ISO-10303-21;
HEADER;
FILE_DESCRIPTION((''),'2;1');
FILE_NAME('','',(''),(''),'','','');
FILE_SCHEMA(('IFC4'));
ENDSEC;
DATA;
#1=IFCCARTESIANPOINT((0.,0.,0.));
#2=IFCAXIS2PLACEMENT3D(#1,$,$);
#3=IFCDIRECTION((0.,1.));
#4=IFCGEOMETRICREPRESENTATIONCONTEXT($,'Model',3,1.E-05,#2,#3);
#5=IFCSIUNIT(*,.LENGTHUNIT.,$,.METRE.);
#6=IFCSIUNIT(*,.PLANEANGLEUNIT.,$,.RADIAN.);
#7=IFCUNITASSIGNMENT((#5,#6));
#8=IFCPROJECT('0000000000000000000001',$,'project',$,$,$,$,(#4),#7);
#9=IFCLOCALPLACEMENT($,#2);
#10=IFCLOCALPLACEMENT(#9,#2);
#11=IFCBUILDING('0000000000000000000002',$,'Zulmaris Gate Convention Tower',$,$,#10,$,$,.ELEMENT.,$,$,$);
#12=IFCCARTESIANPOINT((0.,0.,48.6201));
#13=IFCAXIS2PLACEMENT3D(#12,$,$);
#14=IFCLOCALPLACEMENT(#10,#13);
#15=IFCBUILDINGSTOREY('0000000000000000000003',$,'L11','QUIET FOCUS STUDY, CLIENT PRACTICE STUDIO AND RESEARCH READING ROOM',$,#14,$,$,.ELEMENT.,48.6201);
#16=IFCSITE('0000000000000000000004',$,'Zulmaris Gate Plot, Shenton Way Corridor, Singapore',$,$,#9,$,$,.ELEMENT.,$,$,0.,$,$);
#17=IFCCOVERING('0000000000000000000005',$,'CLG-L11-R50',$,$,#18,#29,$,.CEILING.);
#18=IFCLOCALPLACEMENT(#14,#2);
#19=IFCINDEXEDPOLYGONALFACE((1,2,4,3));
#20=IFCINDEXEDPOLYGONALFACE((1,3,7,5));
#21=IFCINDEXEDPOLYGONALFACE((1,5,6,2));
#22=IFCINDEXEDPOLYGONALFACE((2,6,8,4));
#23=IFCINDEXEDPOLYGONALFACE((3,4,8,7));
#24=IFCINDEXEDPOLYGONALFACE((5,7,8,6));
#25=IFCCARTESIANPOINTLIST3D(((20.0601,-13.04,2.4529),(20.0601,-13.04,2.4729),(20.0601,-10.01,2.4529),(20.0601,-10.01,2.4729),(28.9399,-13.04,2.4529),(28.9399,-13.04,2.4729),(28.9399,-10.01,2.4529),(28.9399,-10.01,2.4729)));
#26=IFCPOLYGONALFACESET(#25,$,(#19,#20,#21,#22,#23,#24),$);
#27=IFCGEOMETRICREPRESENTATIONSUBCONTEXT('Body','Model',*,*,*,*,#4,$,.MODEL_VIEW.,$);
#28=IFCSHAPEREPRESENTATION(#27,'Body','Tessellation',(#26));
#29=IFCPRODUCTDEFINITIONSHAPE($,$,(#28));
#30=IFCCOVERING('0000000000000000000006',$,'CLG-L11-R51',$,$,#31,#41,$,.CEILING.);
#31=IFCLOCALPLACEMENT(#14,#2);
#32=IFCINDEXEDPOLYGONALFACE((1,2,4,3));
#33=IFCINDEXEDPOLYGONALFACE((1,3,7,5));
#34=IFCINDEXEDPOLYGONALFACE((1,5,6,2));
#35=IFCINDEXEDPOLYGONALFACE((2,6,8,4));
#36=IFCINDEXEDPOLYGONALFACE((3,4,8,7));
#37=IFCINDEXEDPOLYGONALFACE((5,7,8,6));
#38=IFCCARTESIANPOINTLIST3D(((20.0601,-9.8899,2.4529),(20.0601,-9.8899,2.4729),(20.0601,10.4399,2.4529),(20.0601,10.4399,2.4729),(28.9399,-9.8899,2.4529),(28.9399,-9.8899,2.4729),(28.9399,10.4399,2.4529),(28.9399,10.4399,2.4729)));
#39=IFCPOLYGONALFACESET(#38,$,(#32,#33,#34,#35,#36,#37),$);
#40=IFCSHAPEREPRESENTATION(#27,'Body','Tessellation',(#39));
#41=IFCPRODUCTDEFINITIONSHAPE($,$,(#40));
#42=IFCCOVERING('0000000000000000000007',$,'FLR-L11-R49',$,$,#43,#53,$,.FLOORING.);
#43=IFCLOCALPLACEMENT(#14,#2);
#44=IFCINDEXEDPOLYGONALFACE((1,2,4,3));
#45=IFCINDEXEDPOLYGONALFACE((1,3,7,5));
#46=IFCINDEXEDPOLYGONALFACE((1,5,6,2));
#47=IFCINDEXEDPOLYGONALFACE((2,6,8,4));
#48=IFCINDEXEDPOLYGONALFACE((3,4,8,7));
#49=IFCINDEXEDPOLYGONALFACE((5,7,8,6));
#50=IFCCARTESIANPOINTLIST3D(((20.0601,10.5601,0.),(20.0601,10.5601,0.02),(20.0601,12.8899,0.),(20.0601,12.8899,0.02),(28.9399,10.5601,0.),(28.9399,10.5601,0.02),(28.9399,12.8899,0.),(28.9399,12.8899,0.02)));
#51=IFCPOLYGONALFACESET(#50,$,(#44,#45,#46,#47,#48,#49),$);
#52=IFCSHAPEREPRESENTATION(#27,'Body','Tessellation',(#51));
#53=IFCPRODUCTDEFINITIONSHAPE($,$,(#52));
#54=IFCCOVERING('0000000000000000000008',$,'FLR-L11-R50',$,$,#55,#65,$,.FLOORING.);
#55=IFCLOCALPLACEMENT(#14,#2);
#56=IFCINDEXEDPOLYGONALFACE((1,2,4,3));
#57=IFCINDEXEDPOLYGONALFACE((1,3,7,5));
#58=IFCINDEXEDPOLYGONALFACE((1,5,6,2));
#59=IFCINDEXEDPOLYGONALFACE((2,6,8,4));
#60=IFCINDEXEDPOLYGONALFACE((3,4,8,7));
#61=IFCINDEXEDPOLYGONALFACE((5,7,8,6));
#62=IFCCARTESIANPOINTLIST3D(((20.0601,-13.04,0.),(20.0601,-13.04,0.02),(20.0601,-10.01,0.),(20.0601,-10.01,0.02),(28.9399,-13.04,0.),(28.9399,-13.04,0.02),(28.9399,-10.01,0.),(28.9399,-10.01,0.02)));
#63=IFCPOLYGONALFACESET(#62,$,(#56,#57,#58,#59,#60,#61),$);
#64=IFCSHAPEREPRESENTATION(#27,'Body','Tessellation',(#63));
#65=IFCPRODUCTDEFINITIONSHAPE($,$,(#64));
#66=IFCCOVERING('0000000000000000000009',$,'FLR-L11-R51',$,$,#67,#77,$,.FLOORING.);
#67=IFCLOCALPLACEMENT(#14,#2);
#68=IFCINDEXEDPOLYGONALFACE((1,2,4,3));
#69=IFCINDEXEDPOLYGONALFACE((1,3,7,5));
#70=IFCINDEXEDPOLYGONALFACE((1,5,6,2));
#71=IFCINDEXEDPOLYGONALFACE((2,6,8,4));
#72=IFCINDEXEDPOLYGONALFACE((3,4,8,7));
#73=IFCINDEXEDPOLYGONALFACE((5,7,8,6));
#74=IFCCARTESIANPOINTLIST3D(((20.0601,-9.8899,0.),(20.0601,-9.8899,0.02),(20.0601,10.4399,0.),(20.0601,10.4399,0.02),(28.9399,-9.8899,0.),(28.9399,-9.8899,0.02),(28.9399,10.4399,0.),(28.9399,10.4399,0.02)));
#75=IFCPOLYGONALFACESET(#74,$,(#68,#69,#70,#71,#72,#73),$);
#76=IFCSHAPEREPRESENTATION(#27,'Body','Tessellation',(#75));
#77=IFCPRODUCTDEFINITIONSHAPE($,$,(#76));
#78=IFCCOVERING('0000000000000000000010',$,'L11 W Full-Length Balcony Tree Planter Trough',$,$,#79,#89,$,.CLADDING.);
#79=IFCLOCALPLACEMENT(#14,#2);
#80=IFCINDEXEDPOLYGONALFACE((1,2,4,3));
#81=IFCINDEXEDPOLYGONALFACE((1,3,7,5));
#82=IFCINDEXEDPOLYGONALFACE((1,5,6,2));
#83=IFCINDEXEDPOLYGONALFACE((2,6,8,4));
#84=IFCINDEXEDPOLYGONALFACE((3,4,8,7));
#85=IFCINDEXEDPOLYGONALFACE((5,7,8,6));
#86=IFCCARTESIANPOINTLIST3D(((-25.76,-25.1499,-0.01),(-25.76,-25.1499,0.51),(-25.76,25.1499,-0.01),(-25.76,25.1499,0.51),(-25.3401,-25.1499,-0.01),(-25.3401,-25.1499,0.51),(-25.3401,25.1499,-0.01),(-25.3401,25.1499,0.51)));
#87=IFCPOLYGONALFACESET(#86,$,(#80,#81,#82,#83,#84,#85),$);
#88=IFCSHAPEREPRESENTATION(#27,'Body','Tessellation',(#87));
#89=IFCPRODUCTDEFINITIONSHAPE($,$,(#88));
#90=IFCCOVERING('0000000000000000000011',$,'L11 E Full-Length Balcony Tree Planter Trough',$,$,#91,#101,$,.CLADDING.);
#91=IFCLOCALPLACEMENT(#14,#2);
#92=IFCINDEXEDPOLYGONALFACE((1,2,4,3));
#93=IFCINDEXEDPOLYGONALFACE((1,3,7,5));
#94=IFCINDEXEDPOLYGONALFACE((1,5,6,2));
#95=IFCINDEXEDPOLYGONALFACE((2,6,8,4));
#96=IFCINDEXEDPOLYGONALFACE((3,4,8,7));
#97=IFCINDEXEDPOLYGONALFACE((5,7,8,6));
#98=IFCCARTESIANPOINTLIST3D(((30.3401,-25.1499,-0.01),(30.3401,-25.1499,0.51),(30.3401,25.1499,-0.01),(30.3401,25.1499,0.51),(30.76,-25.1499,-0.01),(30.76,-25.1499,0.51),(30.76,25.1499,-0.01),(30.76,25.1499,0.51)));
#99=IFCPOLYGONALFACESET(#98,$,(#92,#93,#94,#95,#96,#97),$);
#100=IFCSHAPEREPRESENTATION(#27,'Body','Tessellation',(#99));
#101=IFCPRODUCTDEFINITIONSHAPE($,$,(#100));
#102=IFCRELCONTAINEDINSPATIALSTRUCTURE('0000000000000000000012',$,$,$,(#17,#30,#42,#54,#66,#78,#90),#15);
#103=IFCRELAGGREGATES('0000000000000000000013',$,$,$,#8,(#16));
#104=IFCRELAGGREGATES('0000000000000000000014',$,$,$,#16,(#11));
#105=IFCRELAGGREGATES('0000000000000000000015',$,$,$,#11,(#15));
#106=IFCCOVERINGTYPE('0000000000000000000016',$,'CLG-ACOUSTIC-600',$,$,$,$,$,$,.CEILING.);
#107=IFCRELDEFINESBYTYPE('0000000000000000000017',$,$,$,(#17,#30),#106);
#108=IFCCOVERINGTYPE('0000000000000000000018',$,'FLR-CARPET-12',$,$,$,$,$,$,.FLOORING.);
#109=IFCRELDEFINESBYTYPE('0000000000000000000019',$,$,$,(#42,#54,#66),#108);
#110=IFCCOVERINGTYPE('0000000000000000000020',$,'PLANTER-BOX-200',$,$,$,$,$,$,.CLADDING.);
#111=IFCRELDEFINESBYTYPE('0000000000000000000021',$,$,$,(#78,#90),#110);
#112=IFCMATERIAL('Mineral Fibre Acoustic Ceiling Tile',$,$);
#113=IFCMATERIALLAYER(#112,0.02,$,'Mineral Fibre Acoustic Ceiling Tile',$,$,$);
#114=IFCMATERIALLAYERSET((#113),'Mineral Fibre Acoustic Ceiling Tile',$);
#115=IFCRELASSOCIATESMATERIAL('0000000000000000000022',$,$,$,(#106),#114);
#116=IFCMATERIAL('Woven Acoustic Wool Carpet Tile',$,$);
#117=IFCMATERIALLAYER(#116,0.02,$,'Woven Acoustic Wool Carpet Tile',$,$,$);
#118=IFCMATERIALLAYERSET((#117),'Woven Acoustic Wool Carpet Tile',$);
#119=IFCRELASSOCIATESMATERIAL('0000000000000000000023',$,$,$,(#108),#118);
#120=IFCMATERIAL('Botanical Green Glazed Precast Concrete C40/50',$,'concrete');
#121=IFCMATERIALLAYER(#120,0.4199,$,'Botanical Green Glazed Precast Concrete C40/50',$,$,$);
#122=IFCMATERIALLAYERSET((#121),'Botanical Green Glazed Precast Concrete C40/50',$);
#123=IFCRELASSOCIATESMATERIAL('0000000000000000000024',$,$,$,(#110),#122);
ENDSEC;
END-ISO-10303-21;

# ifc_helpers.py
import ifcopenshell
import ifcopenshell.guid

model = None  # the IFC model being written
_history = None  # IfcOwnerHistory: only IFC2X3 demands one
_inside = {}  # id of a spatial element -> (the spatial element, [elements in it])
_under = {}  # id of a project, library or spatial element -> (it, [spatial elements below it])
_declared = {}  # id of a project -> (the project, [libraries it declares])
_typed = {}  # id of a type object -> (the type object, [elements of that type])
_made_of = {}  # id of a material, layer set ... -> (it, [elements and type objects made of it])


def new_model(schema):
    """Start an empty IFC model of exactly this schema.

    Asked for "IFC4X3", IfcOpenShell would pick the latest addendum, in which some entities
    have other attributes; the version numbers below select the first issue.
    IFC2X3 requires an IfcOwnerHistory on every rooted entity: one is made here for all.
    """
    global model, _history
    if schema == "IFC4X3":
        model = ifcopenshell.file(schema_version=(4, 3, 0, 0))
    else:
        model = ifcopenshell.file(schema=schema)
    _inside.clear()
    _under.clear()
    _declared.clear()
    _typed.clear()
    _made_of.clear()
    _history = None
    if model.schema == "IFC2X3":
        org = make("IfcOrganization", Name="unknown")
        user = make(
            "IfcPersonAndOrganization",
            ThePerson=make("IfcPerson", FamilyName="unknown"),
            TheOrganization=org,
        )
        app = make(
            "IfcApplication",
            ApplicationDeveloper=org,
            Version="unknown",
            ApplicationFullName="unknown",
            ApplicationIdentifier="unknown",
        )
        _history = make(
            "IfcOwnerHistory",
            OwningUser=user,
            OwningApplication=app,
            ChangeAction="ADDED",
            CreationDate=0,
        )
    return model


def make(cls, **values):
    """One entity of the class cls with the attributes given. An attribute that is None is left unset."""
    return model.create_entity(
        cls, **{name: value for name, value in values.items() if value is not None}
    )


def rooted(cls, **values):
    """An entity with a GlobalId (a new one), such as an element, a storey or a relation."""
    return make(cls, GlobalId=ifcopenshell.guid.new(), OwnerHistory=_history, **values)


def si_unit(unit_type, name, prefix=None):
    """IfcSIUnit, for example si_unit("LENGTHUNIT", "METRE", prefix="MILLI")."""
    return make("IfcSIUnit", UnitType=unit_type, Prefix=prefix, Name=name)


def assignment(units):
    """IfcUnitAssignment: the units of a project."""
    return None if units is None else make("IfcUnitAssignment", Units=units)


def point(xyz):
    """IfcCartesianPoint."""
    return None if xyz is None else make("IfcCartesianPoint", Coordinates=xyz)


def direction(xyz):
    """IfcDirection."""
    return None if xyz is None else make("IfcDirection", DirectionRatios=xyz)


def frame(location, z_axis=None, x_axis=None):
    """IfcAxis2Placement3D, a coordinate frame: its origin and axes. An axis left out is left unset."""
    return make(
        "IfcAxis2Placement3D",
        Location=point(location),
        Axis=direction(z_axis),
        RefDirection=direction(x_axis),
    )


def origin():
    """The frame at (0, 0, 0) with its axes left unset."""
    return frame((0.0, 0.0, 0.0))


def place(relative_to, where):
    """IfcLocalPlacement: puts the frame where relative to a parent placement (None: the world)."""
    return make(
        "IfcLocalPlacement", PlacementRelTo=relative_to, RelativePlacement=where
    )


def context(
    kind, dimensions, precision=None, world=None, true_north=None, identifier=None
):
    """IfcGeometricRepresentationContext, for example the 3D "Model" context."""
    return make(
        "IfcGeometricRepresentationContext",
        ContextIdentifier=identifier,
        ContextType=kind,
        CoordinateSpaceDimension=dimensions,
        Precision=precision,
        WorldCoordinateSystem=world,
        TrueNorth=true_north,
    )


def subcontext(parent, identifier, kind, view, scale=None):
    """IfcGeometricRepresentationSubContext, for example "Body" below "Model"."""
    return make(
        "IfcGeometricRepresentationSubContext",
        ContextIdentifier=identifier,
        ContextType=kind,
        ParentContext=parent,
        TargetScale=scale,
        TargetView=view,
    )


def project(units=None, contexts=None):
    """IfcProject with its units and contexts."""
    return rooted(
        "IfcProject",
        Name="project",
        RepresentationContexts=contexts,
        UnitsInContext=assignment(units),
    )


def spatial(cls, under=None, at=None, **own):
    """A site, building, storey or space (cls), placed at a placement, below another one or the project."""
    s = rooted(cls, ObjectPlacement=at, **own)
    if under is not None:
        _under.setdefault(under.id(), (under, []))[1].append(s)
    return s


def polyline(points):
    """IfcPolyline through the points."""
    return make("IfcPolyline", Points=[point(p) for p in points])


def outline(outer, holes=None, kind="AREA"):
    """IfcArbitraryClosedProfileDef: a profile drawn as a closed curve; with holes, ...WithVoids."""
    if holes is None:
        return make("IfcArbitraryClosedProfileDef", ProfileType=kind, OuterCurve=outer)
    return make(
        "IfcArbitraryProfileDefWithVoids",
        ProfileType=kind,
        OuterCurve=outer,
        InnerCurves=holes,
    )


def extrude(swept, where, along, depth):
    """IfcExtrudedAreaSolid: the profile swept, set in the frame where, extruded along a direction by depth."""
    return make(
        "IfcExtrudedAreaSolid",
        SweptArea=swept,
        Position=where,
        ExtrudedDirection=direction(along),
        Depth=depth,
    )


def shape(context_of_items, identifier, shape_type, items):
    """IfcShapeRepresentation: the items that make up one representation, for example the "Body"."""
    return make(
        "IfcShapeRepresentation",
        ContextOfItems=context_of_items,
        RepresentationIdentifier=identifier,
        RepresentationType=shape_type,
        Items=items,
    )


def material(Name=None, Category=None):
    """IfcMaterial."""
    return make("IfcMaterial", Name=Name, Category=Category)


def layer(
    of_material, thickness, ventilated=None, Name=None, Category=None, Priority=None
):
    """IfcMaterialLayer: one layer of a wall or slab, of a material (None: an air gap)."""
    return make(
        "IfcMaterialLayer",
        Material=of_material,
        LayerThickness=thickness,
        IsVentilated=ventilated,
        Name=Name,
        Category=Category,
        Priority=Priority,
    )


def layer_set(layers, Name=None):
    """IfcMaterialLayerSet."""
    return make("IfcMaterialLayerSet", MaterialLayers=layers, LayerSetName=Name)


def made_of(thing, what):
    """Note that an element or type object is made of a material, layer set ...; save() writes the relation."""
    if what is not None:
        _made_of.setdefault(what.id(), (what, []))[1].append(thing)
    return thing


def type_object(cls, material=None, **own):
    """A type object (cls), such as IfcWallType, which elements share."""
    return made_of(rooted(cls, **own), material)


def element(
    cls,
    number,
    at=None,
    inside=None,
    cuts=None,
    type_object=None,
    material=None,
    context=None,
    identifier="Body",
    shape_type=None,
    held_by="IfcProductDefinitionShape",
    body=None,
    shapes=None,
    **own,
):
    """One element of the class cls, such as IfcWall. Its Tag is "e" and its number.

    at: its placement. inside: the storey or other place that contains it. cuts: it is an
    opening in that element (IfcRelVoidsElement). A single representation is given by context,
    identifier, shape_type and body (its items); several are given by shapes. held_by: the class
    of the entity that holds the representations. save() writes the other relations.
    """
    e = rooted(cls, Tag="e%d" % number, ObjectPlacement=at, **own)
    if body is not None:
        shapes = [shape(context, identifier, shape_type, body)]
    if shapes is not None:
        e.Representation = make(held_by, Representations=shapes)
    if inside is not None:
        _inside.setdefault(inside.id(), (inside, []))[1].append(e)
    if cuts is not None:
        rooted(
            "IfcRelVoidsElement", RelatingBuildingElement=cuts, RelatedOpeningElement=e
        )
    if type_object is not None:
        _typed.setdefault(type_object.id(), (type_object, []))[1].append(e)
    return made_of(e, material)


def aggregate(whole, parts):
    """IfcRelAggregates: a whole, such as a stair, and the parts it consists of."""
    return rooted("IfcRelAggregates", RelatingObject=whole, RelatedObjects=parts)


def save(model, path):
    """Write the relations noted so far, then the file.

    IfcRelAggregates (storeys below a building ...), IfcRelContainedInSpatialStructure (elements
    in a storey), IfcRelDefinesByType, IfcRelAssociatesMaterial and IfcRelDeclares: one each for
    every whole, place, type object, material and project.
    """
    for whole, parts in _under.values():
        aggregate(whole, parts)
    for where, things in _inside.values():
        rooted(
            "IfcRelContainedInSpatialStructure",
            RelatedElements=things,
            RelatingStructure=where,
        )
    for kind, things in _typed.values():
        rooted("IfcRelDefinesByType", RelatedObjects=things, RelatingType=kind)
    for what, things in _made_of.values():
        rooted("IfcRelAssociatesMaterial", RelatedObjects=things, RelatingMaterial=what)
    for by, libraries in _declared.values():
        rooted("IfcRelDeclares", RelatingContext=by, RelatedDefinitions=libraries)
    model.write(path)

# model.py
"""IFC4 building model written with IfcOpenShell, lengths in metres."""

from ifc_helpers import new_model, si_unit, direction, frame, origin, place, context, subcontext, project, spatial, polyline, outline, extrude, material, layer, layer_set, type_object, element, save


model = new_model("IFC4")

# Units and contexts
model_context = context("Model", 3, precision=1e-05, world=origin(), true_north=direction((0.0, 1.0)))
body_context = subcontext(model_context, "Body", "Model", "MODEL_VIEW")
ifc_project = project(units=[si_unit("LENGTHUNIT", "METRE"), si_unit("PLANEANGLEUNIT", "RADIAN")], contexts=[model_context])

# Site, building, storey
site_placement = place(None, origin())
site = spatial("IfcSite", under=ifc_project, at=site_placement, Name="Zulmaris Gate Plot, Shenton Way Corridor, Singapore", CompositionType="ELEMENT", RefElevation=0.0)
building_placement = place(site_placement, origin())
building = spatial("IfcBuilding", under=site, at=building_placement, Name="Zulmaris Gate Convention Tower", CompositionType="ELEMENT")
storey_placement = place(building_placement, frame((0.0, 0.0, 48.6201)))
storey = spatial("IfcBuildingStorey", under=building, at=storey_placement, Name="L11", Description="QUIET FOCUS STUDY, CLIENT PRACTICE STUDIO AND RESEARCH READING ROOM", CompositionType="ELEMENT", Elevation=48.6201)

# Coverings
ifc_material_1 = material(Name="Mineral Fibre Acoustic Ceiling Tile")
ifc_layer_1 = layer(ifc_material_1, 0.02, Name="Mineral Fibre Acoustic Ceiling Tile")
ifc_layer_set_1 = layer_set([ifc_layer_1], Name="Mineral Fibre Acoustic Ceiling Tile")
covering_type_1 = type_object("IfcCoveringType", Name="CLG-ACOUSTIC-600", PredefinedType="CEILING", material=ifc_layer_set_1)
covering_1_placement = place(storey_placement, frame((0.0, 0.0, 2.4529)))
element("IfcCovering", 1, at=covering_1_placement, inside=storey, type_object=covering_type_1, Name="CLG-L11-R50", PredefinedType="CEILING", context=body_context, shape_type="SweptSolid", body=[
    extrude(outline(polyline([(20.0601, -13.04), (28.9399, -13.04), (28.9399, -10.01), (20.0601, -10.01), (20.0601, -13.04)])), origin(), (0.0, 0.0, 1.0), 0.02),
])
covering_2_placement = place(storey_placement, frame((0.0, 0.0, 2.4529)))
element("IfcCovering", 2, at=covering_2_placement, inside=storey, type_object=covering_type_1, Name="CLG-L11-R51", PredefinedType="CEILING", context=body_context, shape_type="SweptSolid", body=[
    extrude(outline(polyline([(20.0601, -9.8899), (28.9399, -9.8899), (28.9399, 10.4399), (20.0601, 10.4399), (20.0601, -9.8899)])), origin(), (0.0, 0.0, 1.0), 0.02),
])
ifc_material_2 = material(Name="Woven Acoustic Wool Carpet Tile")
ifc_layer_2 = layer(ifc_material_2, 0.02, Name="Woven Acoustic Wool Carpet Tile")
ifc_layer_set_2 = layer_set([ifc_layer_2], Name="Woven Acoustic Wool Carpet Tile")
covering_type_2 = type_object("IfcCoveringType", Name="FLR-CARPET-12", PredefinedType="FLOORING", material=ifc_layer_set_2)
covering_3_placement = place(storey_placement, origin())
element("IfcCovering", 3, at=covering_3_placement, inside=storey, type_object=covering_type_2, Name="FLR-L11-R49", PredefinedType="FLOORING", context=body_context, shape_type="SweptSolid", body=[
    extrude(outline(polyline([(20.0601, 10.5601), (28.9399, 10.5601), (28.9399, 12.8899), (20.0601, 12.8899), (20.0601, 10.5601)])), origin(), (0.0, 0.0, 1.0), 0.02),
])
covering_4_placement = place(storey_placement, origin())
element("IfcCovering", 4, at=covering_4_placement, inside=storey, type_object=covering_type_2, Name="FLR-L11-R50", PredefinedType="FLOORING", context=body_context, shape_type="SweptSolid", body=[
    extrude(outline(polyline([(20.0601, -13.04), (28.9399, -13.04), (28.9399, -10.01), (20.0601, -10.01), (20.0601, -13.04)])), origin(), (0.0, 0.0, 1.0), 0.02),
])
covering_5_placement = place(storey_placement, origin())
element("IfcCovering", 5, at=covering_5_placement, inside=storey, type_object=covering_type_2, Name="FLR-L11-R51", PredefinedType="FLOORING", context=body_context, shape_type="SweptSolid", body=[
    extrude(outline(polyline([(20.0601, -9.8899), (28.9399, -9.8899), (28.9399, 10.4399), (20.0601, 10.4399), (20.0601, -9.8899)])), origin(), (0.0, 0.0, 1.0), 0.02),
])
ifc_material_3 = material(Name="Botanical Green Glazed Precast Concrete C40/50", Category="concrete")
ifc_layer_3 = layer(ifc_material_3, 0.4199, Name="Botanical Green Glazed Precast Concrete C40/50")
ifc_layer_set_3 = layer_set([ifc_layer_3], Name="Botanical Green Glazed Precast Concrete C40/50")
covering_type_3 = type_object("IfcCoveringType", Name="PLANTER-BOX-200", PredefinedType="CLADDING", material=ifc_layer_set_3)
covering_6_placement = place(storey_placement, frame((0.0, 0.0, -0.01)))
element("IfcCovering", 6, at=covering_6_placement, inside=storey, type_object=covering_type_3, Name="L11 W Full-Length Balcony Tree Planter Trough", PredefinedType="CLADDING", context=body_context, shape_type="SweptSolid", body=[
    extrude(outline(polyline([(-25.76, -25.1499), (-25.3401, -25.1499), (-25.3401, 25.1499), (-25.76, 25.1499), (-25.76, -25.1499)])), origin(), (0.0, 0.0, 1.0), 0.52),
])
covering_7_placement = place(storey_placement, frame((0.0, 0.0, -0.01)))
element("IfcCovering", 7, at=covering_7_placement, inside=storey, type_object=covering_type_3, Name="L11 E Full-Length Balcony Tree Planter Trough", PredefinedType="CLADDING", context=body_context, shape_type="SweptSolid", body=[
    extrude(outline(polyline([(30.3401, -25.1499), (30.76, -25.1499), (30.76, 25.1499), (30.3401, 25.1499), (30.3401, -25.1499)])), origin(), (0.0, 0.0, 1.0), 0.52),
])

save(model, "model.ifc")
